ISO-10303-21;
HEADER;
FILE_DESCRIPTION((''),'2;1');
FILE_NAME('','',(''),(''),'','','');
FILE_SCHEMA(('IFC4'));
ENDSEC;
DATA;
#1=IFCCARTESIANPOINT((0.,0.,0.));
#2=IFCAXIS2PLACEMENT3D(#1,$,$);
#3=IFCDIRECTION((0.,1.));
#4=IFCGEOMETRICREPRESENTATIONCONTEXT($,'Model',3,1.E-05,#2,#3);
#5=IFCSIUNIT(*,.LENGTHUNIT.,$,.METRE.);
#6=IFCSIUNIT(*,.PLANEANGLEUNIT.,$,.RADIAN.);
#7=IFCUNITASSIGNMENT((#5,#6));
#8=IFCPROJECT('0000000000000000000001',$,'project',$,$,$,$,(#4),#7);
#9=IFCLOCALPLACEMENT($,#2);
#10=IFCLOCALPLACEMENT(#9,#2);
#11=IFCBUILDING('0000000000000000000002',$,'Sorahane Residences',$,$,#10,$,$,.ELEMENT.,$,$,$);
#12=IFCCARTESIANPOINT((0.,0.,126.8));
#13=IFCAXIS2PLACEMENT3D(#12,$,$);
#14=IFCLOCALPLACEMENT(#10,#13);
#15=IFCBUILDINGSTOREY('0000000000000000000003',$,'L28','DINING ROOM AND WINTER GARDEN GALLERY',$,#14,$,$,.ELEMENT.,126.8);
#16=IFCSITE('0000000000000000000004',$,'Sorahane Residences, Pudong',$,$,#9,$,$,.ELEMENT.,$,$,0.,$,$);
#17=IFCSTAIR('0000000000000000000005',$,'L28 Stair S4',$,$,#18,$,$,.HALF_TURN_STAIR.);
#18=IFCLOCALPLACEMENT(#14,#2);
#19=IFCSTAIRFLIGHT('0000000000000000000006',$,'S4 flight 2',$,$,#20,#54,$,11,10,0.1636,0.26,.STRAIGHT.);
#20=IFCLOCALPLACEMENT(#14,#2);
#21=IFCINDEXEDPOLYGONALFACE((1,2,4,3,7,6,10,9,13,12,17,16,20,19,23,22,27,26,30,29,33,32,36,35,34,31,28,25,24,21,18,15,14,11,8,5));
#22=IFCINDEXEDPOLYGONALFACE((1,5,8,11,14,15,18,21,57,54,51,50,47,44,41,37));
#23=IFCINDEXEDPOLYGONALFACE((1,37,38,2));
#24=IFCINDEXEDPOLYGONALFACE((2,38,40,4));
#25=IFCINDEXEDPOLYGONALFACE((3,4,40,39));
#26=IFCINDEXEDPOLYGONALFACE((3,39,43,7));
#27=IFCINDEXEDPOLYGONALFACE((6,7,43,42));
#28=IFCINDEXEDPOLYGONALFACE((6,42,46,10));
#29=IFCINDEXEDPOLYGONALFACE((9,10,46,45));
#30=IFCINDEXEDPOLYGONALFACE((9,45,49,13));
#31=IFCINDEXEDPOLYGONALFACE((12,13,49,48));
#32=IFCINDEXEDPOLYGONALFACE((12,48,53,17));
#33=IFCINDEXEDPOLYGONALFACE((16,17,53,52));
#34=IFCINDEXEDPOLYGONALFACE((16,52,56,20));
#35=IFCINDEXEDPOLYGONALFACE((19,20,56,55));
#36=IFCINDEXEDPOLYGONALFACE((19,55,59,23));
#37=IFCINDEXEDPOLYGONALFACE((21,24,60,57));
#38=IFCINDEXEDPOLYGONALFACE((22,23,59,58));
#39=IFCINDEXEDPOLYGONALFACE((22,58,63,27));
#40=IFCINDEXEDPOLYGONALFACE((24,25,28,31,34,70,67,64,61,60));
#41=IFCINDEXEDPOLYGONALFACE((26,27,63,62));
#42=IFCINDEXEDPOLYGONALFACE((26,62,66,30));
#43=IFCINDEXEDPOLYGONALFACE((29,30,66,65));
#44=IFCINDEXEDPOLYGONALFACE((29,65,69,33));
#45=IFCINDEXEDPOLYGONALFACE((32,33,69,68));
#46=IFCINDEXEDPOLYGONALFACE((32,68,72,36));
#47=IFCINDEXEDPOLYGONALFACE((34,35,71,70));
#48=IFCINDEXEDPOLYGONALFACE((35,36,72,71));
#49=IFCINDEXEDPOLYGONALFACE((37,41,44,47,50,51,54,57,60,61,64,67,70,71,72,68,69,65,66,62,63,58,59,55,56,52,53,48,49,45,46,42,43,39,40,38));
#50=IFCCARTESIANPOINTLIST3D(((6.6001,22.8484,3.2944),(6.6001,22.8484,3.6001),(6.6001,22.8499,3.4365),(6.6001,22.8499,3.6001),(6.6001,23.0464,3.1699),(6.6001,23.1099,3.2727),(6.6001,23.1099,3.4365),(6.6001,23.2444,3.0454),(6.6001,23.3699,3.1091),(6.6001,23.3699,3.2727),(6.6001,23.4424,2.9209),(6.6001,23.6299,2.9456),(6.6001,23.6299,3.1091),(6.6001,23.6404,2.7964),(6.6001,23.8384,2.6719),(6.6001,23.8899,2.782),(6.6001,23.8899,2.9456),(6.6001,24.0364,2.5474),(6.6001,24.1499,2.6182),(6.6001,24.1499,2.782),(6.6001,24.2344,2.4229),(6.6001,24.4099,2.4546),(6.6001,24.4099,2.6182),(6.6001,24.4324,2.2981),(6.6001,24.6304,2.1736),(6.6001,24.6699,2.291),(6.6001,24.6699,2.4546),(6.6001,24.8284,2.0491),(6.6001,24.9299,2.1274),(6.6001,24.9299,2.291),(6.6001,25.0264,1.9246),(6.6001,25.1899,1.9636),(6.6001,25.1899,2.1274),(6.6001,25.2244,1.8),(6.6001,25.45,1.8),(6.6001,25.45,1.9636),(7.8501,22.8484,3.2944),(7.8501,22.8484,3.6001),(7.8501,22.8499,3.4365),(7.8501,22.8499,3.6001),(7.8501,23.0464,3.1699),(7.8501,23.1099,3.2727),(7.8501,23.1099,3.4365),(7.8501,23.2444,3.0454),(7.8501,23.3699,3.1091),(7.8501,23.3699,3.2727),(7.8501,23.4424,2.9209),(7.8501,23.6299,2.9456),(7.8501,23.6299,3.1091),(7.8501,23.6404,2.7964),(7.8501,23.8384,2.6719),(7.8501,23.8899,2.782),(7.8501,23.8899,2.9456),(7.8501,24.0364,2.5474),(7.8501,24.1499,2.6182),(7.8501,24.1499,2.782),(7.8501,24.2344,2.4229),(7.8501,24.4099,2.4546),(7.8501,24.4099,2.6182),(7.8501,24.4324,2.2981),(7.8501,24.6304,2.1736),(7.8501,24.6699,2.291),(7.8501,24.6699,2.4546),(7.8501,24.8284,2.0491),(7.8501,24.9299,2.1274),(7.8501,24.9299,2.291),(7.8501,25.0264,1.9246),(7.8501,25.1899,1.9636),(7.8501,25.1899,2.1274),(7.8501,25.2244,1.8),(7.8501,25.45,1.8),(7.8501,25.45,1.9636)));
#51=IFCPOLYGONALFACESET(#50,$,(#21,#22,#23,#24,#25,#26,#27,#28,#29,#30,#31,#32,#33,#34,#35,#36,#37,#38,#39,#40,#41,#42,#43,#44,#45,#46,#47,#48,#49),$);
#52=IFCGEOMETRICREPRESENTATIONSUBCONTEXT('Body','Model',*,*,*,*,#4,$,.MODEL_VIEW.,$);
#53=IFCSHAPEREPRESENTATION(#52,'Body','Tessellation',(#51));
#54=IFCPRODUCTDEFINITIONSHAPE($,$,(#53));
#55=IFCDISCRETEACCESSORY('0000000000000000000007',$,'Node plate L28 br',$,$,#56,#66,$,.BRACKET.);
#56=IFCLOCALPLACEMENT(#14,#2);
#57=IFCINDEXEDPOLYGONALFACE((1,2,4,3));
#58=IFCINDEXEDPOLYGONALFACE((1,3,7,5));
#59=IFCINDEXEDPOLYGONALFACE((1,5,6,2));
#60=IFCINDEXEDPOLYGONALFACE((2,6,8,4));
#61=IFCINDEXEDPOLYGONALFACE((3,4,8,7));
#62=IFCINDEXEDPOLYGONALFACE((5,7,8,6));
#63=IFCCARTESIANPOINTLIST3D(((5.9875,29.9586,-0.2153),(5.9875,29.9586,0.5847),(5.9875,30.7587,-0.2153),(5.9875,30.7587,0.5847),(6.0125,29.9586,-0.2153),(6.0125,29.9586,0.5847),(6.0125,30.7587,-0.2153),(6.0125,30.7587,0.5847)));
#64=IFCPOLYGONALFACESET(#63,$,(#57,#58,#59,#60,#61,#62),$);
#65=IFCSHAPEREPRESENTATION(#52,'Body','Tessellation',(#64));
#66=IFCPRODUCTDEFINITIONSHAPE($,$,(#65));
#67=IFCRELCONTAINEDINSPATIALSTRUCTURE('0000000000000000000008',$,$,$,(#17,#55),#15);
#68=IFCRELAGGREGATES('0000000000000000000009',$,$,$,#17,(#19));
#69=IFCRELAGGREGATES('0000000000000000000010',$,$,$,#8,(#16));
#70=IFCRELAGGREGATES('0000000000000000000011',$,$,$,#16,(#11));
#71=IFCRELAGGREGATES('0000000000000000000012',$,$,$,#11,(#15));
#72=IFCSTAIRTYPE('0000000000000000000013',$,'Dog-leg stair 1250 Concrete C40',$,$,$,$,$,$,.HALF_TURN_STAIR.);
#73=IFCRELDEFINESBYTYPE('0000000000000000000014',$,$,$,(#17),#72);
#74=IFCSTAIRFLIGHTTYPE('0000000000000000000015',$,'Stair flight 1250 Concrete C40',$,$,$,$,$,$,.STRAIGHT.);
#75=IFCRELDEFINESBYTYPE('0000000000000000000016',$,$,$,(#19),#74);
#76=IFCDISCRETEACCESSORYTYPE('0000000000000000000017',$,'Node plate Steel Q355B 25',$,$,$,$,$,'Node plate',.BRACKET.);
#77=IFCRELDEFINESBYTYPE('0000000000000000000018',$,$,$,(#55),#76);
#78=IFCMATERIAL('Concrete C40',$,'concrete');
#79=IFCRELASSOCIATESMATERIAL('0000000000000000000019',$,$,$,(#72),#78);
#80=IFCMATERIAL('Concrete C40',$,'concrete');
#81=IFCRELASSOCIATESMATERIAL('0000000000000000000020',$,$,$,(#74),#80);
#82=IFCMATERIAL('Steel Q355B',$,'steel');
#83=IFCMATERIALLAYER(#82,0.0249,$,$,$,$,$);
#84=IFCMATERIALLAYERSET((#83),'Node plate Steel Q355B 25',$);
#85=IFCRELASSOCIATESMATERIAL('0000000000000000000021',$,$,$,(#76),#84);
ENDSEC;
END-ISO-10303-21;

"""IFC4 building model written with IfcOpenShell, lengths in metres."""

from ifc_helpers import new_model, si_unit, direction, frame, origin, origin_2d, place, context, subcontext, project, spatial, polyline, rectangle, outline, extrude, material, layer, layer_set, type_object, element, aggregate, save


model = new_model("IFC4")

# Units and contexts
model_context = context("Model", 3, precision=1e-05, world=origin(), true_north=direction((0.0, 1.0)))
body_context = subcontext(model_context, "Body", "Model", "MODEL_VIEW")
ifc_project = project(units=[si_unit("LENGTHUNIT", "METRE"), si_unit("PLANEANGLEUNIT", "RADIAN")], contexts=[model_context])

# Site, building, storey
site_placement = place(None, origin())
site = spatial("IfcSite", under=ifc_project, at=site_placement, Name="Sorahane Residences, Pudong", CompositionType="ELEMENT", RefElevation=0.0)
building_placement = place(site_placement, origin())
building = spatial("IfcBuilding", under=site, at=building_placement, Name="Sorahane Residences", CompositionType="ELEMENT")
storey_placement = place(building_placement, frame((0.0, 0.0, 126.8)))
storey = spatial("IfcBuildingStorey", under=building, at=storey_placement, Name="L28", Description="DINING ROOM AND WINTER GARDEN GALLERY", CompositionType="ELEMENT", Elevation=126.8)

# Stair, stair flight
ifc_material_1 = material(Name="Concrete C40", Category="concrete")
stair_type = type_object("IfcStairType", Name="Dog-leg stair 1250 Concrete C40", PredefinedType="HALF_TURN_STAIR", material=ifc_material_1)
stair_placement = place(storey_placement, origin())
stair = element("IfcStair", 1, at=stair_placement, inside=storey, type_object=stair_type, Name="L28 Stair S4", PredefinedType="HALF_TURN_STAIR")
ifc_material_2 = material(Name="Concrete C40", Category="concrete")
stair_flight_type = type_object("IfcStairFlightType", Name="Stair flight 1250 Concrete C40", PredefinedType="STRAIGHT", material=ifc_material_2)
stair_flight_placement = place(storey_placement, frame((7.2251, 25.45, 1.8), z_axis=(0.0, 0.0, 1.0), x_axis=(0.0, -1.0, 0.0)))
stair_flight = element("IfcStairFlight", 2, at=stair_flight_placement, type_object=stair_flight_type, Name="S4 flight 2", NumberOfRisers=11, NumberOfTreads=10, PredefinedType="STRAIGHT", RiserHeight=0.1636, TreadLength=0.26, context=body_context, shape_type="SweptSolid", body=[
    extrude(outline(polyline([(0.0, 0.0), (0.0, 0.1636), (0.26, 0.1636), (0.26, 0.3274), (0.52, 0.3274), (0.52, 0.491), (0.78, 0.491), (0.78, 0.6545), (1.04, 0.6545), (1.04, 0.8181), (1.3, 0.8181), (1.3, 0.9819), (1.5601, 0.9819), (1.5601, 1.1455), (1.8201, 1.1455), (1.8201, 1.3091), (2.0801, 1.3091), (2.0801, 1.4727), (2.3401, 1.4727), (2.3401, 1.6365), (2.6001, 1.6365), (2.6001, 1.8), (2.6016, 1.8), (2.6016, 1.4944), (2.4036, 1.3699), (2.2056, 1.2454), (2.0076, 1.1208), (1.8096, 0.9963), (1.6116, 0.8718), (1.4136, 0.7473), (1.2156, 0.6228), (1.0176, 0.498), (0.8196, 0.3735), (0.6216, 0.249), (0.4236, 0.1245), (0.2256, 0.0), (0.0, 0.0)])), frame((0.0, 0.625, 0.0), z_axis=(0.0, -1.0, 0.0), x_axis=(1.0, 0.0, 0.0)), (0.0, 0.0, 1.0), 1.25),
])
aggregate(stair, [stair_flight])

# Discrete accessory
ifc_material_3 = material(Name="Steel Q355B", Category="steel")
ifc_layer_1 = layer(ifc_material_3, 0.0249)
ifc_layer_set_1 = layer_set([ifc_layer_1], Name="Node plate Steel Q355B 25")
discrete_accessory_type = type_object("IfcDiscreteAccessoryType", Name="Node plate Steel Q355B 25", ElementType="Node plate", PredefinedType="BRACKET", material=ifc_layer_set_1)
discrete_accessory_placement = place(storey_placement, frame((6.0, 30.3586, -0.2153), z_axis=(0.0, 0.0, 1.0), x_axis=(0.0, 1.0, 0.0)))
element("IfcDiscreteAccessory", 3, at=discrete_accessory_placement, inside=storey, type_object=discrete_accessory_type, Name="Node plate L28 br", PredefinedType="BRACKET", context=body_context, shape_type="SweptSolid", body=[
    extrude(rectangle(XDim=0.8, YDim=0.0249, at=origin_2d()), origin(), (0.0, 0.0, 1.0), 0.8),
])

save(model, "model.ifc")
